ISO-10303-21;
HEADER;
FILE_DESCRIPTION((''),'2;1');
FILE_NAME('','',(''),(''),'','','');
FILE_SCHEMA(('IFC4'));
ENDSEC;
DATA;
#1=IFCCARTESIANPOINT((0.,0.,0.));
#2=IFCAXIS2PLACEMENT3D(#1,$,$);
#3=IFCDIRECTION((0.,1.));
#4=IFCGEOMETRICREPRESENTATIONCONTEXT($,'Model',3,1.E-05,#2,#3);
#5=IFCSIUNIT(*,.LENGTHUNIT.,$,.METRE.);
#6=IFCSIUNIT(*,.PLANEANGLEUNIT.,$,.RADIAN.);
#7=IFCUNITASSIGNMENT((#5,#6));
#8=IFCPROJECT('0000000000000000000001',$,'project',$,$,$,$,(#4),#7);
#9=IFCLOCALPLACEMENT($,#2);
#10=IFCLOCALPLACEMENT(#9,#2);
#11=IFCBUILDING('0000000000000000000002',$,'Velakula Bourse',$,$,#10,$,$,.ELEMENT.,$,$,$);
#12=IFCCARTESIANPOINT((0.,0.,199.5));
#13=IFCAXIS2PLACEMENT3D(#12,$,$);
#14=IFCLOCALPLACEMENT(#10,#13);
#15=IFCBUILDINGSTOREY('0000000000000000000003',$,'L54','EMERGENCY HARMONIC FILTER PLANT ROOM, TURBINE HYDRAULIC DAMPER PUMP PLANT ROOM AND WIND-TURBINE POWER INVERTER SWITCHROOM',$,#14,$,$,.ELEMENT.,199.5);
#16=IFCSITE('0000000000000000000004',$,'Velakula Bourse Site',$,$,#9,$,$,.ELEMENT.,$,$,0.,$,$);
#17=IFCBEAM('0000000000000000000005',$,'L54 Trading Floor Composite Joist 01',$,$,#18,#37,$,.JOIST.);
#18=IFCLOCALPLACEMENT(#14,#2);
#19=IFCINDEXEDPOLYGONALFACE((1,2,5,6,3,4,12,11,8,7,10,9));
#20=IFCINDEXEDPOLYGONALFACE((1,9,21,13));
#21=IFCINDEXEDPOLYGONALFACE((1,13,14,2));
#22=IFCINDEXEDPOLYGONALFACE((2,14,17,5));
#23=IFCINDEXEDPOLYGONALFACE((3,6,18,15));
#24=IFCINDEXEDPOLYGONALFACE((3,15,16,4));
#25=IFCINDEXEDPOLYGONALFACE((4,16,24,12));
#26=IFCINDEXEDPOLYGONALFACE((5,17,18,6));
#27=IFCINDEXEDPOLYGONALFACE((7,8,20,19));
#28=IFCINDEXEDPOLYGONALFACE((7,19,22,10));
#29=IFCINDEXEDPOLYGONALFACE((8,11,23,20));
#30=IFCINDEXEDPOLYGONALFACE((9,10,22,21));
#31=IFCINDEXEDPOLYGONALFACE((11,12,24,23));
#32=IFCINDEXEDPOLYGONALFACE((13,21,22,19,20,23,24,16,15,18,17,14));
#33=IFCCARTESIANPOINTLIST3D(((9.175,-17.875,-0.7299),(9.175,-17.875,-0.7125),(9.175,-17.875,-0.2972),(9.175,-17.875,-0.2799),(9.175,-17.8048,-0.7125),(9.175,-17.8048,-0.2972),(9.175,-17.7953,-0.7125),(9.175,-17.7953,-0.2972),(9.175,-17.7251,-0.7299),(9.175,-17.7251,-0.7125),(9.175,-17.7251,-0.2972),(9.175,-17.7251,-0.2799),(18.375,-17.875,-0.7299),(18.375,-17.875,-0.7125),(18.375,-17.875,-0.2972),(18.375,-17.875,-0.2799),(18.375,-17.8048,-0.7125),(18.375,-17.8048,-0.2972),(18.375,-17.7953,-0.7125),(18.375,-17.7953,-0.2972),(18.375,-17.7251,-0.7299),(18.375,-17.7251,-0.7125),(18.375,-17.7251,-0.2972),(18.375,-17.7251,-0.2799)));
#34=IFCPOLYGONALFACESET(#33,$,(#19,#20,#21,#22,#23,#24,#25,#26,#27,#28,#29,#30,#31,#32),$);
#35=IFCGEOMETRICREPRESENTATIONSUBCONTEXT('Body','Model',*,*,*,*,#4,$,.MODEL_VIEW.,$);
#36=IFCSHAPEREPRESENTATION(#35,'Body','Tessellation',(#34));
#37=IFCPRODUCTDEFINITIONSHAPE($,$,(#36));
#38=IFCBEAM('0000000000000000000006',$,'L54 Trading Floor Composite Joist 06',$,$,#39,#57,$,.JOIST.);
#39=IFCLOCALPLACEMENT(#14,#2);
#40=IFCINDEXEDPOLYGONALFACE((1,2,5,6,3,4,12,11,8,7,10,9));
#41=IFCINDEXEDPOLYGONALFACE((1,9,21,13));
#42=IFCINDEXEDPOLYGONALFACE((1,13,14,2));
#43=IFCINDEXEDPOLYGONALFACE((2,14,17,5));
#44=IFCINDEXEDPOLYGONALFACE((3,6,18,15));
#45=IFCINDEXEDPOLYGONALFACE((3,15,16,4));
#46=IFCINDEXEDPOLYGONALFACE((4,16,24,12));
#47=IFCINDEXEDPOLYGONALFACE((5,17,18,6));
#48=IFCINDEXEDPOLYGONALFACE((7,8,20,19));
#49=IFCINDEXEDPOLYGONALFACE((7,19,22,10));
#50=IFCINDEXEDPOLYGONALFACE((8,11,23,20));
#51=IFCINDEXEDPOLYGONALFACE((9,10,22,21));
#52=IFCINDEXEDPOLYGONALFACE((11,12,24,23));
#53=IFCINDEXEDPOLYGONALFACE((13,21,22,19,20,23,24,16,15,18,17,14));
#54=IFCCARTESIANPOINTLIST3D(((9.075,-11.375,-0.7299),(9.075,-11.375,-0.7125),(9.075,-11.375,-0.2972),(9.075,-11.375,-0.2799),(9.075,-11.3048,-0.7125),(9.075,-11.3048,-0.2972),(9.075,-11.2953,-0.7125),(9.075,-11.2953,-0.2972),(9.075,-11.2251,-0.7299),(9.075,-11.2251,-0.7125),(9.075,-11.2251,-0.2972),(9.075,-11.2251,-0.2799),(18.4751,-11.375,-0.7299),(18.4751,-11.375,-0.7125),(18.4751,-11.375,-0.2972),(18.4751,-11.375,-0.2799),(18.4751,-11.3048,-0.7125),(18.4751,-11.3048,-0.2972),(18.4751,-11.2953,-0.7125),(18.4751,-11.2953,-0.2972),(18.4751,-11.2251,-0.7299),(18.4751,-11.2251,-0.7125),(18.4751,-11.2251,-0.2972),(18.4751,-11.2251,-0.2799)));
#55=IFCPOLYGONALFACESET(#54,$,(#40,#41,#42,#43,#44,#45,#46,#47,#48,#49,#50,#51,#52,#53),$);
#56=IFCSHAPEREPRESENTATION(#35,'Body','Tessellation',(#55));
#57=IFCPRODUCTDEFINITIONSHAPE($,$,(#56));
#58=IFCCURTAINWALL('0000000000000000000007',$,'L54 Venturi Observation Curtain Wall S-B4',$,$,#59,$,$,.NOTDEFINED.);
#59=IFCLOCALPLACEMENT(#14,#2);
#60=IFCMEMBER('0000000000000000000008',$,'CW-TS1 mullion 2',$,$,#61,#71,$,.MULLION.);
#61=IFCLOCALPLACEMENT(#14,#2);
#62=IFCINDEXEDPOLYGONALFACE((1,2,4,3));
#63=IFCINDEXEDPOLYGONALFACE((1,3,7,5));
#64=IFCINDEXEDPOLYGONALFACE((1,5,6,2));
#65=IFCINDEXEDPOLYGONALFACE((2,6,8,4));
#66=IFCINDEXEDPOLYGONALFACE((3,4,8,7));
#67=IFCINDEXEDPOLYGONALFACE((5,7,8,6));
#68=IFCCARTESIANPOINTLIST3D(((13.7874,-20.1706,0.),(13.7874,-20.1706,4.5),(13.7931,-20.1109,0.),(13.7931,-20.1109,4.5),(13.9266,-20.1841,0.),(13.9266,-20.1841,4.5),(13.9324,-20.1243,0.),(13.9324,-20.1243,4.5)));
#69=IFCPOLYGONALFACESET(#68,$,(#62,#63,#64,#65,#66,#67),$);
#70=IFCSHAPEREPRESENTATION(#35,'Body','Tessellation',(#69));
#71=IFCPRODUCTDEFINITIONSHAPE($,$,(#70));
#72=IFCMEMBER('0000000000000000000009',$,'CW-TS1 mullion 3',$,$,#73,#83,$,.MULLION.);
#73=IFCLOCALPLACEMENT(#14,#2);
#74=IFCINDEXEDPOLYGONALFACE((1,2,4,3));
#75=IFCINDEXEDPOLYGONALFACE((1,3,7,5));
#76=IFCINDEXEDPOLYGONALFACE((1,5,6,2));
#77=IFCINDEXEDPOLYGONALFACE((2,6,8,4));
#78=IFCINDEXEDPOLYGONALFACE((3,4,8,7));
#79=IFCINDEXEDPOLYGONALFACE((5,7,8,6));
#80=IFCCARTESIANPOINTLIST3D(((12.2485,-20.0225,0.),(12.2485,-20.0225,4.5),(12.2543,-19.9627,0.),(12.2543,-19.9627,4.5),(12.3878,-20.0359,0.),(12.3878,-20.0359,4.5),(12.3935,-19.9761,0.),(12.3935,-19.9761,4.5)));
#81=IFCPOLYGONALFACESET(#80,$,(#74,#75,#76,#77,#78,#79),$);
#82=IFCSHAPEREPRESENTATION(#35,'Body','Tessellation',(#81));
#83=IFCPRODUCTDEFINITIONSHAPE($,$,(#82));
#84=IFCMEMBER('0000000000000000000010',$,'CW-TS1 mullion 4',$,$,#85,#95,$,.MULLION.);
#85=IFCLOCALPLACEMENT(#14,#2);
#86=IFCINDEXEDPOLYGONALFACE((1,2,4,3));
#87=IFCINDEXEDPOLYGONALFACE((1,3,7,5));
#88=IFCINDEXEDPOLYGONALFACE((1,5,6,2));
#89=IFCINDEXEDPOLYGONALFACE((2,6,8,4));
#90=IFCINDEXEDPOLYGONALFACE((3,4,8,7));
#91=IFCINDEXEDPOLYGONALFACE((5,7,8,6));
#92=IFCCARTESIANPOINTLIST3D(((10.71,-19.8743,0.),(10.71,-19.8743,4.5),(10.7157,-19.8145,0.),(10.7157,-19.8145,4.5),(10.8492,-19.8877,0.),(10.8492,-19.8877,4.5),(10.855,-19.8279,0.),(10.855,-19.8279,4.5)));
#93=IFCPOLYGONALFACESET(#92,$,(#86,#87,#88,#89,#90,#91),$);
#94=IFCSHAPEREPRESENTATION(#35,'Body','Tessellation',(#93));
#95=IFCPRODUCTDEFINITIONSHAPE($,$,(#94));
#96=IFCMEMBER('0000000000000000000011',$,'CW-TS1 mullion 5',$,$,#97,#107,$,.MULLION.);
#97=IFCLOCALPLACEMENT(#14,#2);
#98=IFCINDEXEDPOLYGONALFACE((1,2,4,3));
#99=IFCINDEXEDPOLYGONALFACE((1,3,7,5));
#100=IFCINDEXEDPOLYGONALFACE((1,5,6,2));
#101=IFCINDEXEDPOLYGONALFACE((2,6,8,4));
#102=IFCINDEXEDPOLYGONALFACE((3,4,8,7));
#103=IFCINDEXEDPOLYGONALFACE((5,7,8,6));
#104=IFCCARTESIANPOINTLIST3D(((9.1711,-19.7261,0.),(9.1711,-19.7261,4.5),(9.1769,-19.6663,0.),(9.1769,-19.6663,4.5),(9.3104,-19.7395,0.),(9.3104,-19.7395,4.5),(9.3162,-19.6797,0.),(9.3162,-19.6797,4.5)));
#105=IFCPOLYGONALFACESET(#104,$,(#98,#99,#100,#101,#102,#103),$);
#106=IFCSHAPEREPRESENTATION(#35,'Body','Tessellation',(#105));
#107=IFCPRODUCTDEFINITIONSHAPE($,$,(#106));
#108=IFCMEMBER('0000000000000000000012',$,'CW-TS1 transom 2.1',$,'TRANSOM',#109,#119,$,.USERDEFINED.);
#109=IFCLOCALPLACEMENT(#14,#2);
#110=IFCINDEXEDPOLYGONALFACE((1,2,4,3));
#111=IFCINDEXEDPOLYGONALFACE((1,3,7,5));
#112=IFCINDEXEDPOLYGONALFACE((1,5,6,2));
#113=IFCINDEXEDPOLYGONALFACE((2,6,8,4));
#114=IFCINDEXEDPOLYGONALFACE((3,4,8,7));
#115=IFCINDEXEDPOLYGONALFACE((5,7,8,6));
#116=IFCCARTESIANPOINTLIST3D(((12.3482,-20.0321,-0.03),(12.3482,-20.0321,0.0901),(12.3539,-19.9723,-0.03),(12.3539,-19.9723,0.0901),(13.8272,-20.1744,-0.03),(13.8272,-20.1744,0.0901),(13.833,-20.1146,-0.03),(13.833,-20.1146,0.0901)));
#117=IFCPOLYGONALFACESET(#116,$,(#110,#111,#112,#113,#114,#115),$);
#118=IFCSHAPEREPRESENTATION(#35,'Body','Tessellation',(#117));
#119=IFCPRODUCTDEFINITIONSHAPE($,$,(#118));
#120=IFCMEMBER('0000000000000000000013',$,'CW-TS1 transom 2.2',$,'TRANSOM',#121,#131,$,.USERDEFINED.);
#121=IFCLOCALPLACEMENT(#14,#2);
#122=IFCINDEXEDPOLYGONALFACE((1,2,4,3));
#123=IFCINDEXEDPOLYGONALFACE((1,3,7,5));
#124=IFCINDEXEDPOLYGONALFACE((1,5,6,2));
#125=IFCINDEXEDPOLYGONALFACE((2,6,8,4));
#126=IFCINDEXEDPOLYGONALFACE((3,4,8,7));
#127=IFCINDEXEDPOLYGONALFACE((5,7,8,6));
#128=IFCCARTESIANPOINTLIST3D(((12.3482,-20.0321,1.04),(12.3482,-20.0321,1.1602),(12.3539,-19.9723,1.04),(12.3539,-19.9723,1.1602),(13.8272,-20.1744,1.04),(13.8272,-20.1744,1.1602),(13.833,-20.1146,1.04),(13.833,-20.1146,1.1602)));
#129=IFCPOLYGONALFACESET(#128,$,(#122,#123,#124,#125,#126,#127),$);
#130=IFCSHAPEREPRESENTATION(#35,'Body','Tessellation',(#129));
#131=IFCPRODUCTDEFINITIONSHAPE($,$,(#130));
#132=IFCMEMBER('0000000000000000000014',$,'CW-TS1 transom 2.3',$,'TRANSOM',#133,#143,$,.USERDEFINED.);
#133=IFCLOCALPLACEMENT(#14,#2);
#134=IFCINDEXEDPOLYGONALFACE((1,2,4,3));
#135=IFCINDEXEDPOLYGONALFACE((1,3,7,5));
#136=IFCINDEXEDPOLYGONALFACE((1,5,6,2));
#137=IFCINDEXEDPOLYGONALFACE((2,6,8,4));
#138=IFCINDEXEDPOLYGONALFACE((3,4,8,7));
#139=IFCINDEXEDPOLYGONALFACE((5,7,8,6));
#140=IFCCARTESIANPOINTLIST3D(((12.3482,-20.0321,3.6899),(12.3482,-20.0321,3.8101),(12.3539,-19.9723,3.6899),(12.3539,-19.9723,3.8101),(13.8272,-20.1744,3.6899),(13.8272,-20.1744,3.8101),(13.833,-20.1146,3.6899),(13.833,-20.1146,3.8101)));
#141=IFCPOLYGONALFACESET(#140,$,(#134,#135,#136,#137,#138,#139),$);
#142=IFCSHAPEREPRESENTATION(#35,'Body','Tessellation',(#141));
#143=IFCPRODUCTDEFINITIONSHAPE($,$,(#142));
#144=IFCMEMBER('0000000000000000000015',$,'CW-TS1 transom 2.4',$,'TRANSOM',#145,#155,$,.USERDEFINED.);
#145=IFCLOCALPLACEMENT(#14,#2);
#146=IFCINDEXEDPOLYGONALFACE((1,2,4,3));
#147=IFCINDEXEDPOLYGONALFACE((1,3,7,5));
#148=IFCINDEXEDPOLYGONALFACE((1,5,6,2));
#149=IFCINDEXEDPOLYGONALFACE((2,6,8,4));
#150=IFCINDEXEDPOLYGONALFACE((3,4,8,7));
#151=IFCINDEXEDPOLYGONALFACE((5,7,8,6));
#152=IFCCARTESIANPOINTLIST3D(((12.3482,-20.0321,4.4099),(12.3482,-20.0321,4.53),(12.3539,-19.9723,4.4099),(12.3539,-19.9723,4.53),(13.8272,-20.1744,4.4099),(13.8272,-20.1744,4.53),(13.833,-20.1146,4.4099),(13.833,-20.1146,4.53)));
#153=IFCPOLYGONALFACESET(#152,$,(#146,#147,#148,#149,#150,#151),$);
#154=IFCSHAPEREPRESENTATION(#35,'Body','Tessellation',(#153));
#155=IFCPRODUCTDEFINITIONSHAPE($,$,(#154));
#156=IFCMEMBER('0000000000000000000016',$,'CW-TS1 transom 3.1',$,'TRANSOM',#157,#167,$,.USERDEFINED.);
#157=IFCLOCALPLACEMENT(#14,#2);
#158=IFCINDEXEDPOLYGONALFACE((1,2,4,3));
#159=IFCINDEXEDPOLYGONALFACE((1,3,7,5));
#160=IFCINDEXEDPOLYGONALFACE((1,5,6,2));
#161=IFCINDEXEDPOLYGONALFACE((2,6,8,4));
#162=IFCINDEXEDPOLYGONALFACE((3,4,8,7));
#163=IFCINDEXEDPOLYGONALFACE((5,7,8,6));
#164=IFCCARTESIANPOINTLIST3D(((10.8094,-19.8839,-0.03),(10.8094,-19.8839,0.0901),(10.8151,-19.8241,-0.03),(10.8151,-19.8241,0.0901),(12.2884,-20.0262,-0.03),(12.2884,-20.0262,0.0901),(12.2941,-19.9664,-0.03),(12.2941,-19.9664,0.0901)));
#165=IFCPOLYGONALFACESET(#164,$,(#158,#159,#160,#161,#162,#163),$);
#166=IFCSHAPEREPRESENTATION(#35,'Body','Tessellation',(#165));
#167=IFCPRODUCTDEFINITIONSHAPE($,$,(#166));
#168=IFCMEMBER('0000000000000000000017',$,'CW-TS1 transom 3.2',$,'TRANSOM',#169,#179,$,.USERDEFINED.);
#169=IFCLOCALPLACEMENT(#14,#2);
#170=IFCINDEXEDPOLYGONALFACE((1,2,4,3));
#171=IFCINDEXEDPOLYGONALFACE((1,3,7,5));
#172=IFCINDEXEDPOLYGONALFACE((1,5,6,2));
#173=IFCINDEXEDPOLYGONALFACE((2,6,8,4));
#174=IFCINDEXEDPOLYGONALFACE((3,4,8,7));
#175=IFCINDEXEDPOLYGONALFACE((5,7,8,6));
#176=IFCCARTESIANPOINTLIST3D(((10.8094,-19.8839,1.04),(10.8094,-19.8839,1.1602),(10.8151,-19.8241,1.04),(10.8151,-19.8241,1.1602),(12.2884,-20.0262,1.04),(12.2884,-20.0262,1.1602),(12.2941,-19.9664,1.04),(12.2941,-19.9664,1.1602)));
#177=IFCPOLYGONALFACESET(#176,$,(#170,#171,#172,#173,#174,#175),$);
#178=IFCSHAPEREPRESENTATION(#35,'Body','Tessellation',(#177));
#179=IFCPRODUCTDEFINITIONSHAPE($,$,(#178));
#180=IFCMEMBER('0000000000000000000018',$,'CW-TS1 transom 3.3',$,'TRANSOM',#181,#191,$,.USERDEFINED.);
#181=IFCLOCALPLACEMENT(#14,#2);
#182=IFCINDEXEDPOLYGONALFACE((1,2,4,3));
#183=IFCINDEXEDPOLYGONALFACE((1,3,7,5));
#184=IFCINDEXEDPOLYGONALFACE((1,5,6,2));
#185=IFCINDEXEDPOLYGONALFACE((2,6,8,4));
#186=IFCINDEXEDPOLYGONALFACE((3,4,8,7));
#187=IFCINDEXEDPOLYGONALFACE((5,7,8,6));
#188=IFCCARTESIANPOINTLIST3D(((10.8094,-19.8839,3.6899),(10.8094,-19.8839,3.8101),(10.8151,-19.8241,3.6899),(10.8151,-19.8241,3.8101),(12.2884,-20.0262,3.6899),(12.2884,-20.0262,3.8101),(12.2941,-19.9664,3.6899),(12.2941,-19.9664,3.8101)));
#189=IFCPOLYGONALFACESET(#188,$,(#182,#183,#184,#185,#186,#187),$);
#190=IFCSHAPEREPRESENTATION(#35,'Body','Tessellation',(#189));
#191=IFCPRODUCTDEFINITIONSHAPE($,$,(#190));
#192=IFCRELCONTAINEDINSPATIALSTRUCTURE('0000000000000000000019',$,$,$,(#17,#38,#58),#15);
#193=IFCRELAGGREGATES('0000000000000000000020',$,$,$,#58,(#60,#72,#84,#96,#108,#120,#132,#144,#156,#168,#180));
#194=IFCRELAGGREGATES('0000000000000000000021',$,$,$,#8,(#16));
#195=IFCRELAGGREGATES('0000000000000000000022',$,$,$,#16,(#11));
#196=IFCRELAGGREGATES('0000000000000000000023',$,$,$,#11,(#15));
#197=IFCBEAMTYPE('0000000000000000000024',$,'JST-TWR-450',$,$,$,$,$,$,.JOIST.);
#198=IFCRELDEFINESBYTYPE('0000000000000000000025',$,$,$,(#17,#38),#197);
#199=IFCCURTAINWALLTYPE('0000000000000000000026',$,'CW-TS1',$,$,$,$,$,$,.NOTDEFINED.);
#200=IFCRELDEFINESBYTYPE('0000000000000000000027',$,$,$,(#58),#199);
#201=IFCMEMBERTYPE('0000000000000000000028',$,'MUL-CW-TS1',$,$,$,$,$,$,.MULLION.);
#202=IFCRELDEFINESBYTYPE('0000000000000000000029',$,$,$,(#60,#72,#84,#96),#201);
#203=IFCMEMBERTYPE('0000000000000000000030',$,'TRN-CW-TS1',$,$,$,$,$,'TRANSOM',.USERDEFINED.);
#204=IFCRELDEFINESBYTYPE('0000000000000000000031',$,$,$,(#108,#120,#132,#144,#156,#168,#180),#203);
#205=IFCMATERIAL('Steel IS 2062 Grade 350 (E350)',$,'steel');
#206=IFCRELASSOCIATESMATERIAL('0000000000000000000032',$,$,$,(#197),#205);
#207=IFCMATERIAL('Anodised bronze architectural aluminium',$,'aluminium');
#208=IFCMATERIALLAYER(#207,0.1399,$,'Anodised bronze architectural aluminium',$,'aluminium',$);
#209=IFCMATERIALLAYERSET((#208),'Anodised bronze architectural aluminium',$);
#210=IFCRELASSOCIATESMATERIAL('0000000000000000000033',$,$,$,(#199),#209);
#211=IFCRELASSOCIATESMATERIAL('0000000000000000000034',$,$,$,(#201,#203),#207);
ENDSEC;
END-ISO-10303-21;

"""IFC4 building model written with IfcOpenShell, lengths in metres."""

from ifc_helpers import new_model, si_unit, direction, frame, origin, origin_2d, place, context, subcontext, project, spatial, rectangle, i_section, extrude, material, layer, layer_set, material_profile, profile_set, type_object, element, aggregate, save


model = new_model("IFC4")

# Units and contexts
model_context = context("Model", 3, precision=1e-05, world=origin(), true_north=direction((0.0, 1.0)))
body_context = subcontext(model_context, "Body", "Model", "MODEL_VIEW")
ifc_project = project(units=[si_unit("LENGTHUNIT", "METRE"), si_unit("PLANEANGLEUNIT", "RADIAN")], contexts=[model_context])

# Site, building, storey
site_placement = place(None, origin())
site = spatial("IfcSite", under=ifc_project, at=site_placement, Name="Velakula Bourse Site", CompositionType="ELEMENT", RefElevation=0.0)
building_placement = place(site_placement, origin())
building = spatial("IfcBuilding", under=site, at=building_placement, Name="Velakula Bourse", CompositionType="ELEMENT")
storey_placement = place(building_placement, frame((0.0, 0.0, 199.5)))
storey = spatial("IfcBuildingStorey", under=building, at=storey_placement, Name="L54", Description="EMERGENCY HARMONIC FILTER PLANT ROOM, TURBINE HYDRAULIC DAMPER PUMP PLANT ROOM AND WIND-TURBINE POWER INVERTER SWITCHROOM", CompositionType="ELEMENT", Elevation=199.5)

# Beams
ifc_material_1 = material(Name="Steel IS 2062 Grade 350 (E350)", Category="steel")
ifc_material_profile_1 = material_profile(ifc_material_1, i_section(OverallWidth=0.1499, OverallDepth=0.45, WebThickness=0.0095, FlangeThickness=0.0173, at=origin_2d()), Name="Steel IS 2062 Grade 350 (E350)")
ifc_profile_set_1 = profile_set([ifc_material_profile_1], Name="Steel IS 2062 Grade 350 (E350)")
beam_type = type_object("IfcBeamType", Name="JST-TWR-450", PredefinedType="JOIST", material=ifc_profile_set_1)
beam_1_placement = place(storey_placement, frame((9.175, -17.8, -0.5049), z_axis=(1.0, 0.0, 0.0), x_axis=(0.0, 1.0, 0.0)))
element("IfcBeam", 1, at=beam_1_placement, inside=storey, type_object=beam_type, Name="L54 Trading Floor Composite Joist 01", PredefinedType="JOIST", context=body_context, shape_type="SweptSolid", body=[
    extrude(i_section(OverallWidth=0.1499, OverallDepth=0.45, WebThickness=0.0095, FlangeThickness=0.0173, at=origin_2d()), origin(), (0.0, 0.0, 1.0), 9.2),
])
beam_2_placement = place(storey_placement, frame((9.075, -11.3, -0.5049), z_axis=(1.0, 0.0, 0.0), x_axis=(0.0, 1.0, 0.0)))
element("IfcBeam", 2, at=beam_2_placement, inside=storey, type_object=beam_type, Name="L54 Trading Floor Composite Joist 06", PredefinedType="JOIST", context=body_context, shape_type="SweptSolid", body=[
    extrude(i_section(OverallWidth=0.1499, OverallDepth=0.45, WebThickness=0.0095, FlangeThickness=0.0173, at=origin_2d()), origin(), (0.0, 0.0, 1.0), 9.4001),
])

# Curtain wall, members
ifc_material_2 = material(Name="Anodised bronze architectural aluminium", Category="aluminium")
ifc_layer_1 = layer(ifc_material_2, 0.1399, Name="Anodised bronze architectural aluminium", Category="aluminium")
ifc_layer_set_1 = layer_set([ifc_layer_1], Name="Anodised bronze architectural aluminium")
curtain_wall_type = type_object("IfcCurtainWallType", Name="CW-TS1", PredefinedType="NOTDEFINED", material=ifc_layer_set_1)
curtain_wall_placement = place(storey_placement, origin())
curtain_wall = element("IfcCurtainWall", 3, at=curtain_wall_placement, inside=storey, type_object=curtain_wall_type, Name="L54 Venturi Observation Curtain Wall S-B4", PredefinedType="NOTDEFINED")
ifc_material_profile_2 = material_profile(ifc_material_2, rectangle(XDim=0.0601, YDim=0.1399, at=origin_2d()), Name="Anodised bronze architectural aluminium")
ifc_profile_set_2 = profile_set([ifc_material_profile_2], Name="Anodised bronze architectural aluminium")
member_type_1 = type_object("IfcMemberType", Name="MUL-CW-TS1", PredefinedType="MULLION", material=ifc_profile_set_2)
member_1_placement = place(storey_placement, frame((13.8599, -20.1475, 0.0), z_axis=(0.0, 0.0, 1.0), x_axis=(-0.095849, -0.995396, 0.0)))
member_1 = element("IfcMember", 4, at=member_1_placement, type_object=member_type_1, Name="CW-TS1 mullion 2", PredefinedType="MULLION", context=body_context, shape_type="SweptSolid", body=[
    extrude(rectangle(XDim=0.0601, YDim=0.1399, at=origin_2d()), origin(), (0.0, 0.0, 1.0), 4.5),
])
member_2_placement = place(storey_placement, frame((12.321, -19.9993, 0.0), z_axis=(0.0, 0.0, 1.0), x_axis=(-0.095849, -0.995396, 0.0)))
member_2 = element("IfcMember", 5, at=member_2_placement, type_object=member_type_1, Name="CW-TS1 mullion 3", PredefinedType="MULLION", context=body_context, shape_type="SweptSolid", body=[
    extrude(rectangle(XDim=0.0601, YDim=0.1399, at=origin_2d()), origin(), (0.0, 0.0, 1.0), 4.5),
])
member_3_placement = place(storey_placement, frame((10.7825, -19.8511, 0.0), z_axis=(0.0, 0.0, 1.0), x_axis=(-0.095849, -0.995396, 0.0)))
member_3 = element("IfcMember", 6, at=member_3_placement, type_object=member_type_1, Name="CW-TS1 mullion 4", PredefinedType="MULLION", context=body_context, shape_type="SweptSolid", body=[
    extrude(rectangle(XDim=0.0601, YDim=0.1399, at=origin_2d()), origin(), (0.0, 0.0, 1.0), 4.5),
])
member_4_placement = place(storey_placement, frame((9.2437, -19.7029, 0.0), z_axis=(0.0, 0.0, 1.0), x_axis=(-0.095849, -0.995396, 0.0)))
member_4 = element("IfcMember", 7, at=member_4_placement, type_object=member_type_1, Name="CW-TS1 mullion 5", PredefinedType="MULLION", context=body_context, shape_type="SweptSolid", body=[
    extrude(rectangle(XDim=0.0601, YDim=0.1399, at=origin_2d()), origin(), (0.0, 0.0, 1.0), 4.5),
])
ifc_material_profile_3 = material_profile(ifc_material_2, rectangle(XDim=0.0601, YDim=0.1201, at=origin_2d()), Name="Anodised bronze architectural aluminium")
ifc_profile_set_3 = profile_set([ifc_material_profile_3], Name="Anodised bronze architectural aluminium")
member_type_2 = type_object("IfcMemberType", Name="TRN-CW-TS1", ElementType="TRANSOM", PredefinedType="USERDEFINED", material=ifc_profile_set_3)
member_5_placement = place(storey_placement, frame((13.8301, -20.1445, 0.03), z_axis=(-0.995401, 0.095794, 0.0), x_axis=(-0.095794, -0.995401, 0.0)))
member_5 = element("IfcMember", 8, at=member_5_placement, type_object=member_type_2, Name="CW-TS1 transom 2.1", ObjectType="TRANSOM", PredefinedType="USERDEFINED", context=body_context, shape_type="SweptSolid", body=[
    extrude(rectangle(XDim=0.0601, YDim=0.1201, at=origin_2d()), origin(), (0.0, 0.0, 1.0), 1.4858),
])
member_6_placement = place(storey_placement, frame((13.8301, -20.1445, 1.1001), z_axis=(-0.995401, 0.095794, 0.0), x_axis=(-0.095794, -0.995401, 0.0)))
member_6 = element("IfcMember", 9, at=member_6_placement, type_object=member_type_2, Name="CW-TS1 transom 2.2", ObjectType="TRANSOM", PredefinedType="USERDEFINED", context=body_context, shape_type="SweptSolid", body=[
    extrude(rectangle(XDim=0.0601, YDim=0.1201, at=origin_2d()), origin(), (0.0, 0.0, 1.0), 1.4858),
])
member_7_placement = place(storey_placement, frame((13.8301, -20.1445, 3.75), z_axis=(-0.995401, 0.095794, 0.0), x_axis=(-0.095794, -0.995401, 0.0)))
member_7 = element("IfcMember", 10, at=member_7_placement, type_object=member_type_2, Name="CW-TS1 transom 2.3", ObjectType="TRANSOM", PredefinedType="USERDEFINED", context=body_context, shape_type="SweptSolid", body=[
    extrude(rectangle(XDim=0.0601, YDim=0.1201, at=origin_2d()), origin(), (0.0, 0.0, 1.0), 1.4858),
])
member_8_placement = place(storey_placement, frame((13.8301, -20.1445, 4.47), z_axis=(-0.995401, 0.095794, 0.0), x_axis=(-0.095794, -0.995401, 0.0)))
member_8 = element("IfcMember", 11, at=member_8_placement, type_object=member_type_2, Name="CW-TS1 transom 2.4", ObjectType="TRANSOM", PredefinedType="USERDEFINED", context=body_context, shape_type="SweptSolid", body=[
    extrude(rectangle(XDim=0.0601, YDim=0.1201, at=origin_2d()), origin(), (0.0, 0.0, 1.0), 1.4858),
])
member_9_placement = place(storey_placement, frame((12.2913, -19.9963, 0.03), z_axis=(-0.995401, 0.095794, 0.0), x_axis=(-0.095794, -0.995401, 0.0)))
member_9 = element("IfcMember", 12, at=member_9_placement, type_object=member_type_2, Name="CW-TS1 transom 3.1", ObjectType="TRANSOM", PredefinedType="USERDEFINED", context=body_context, shape_type="SweptSolid", body=[
    extrude(rectangle(XDim=0.0601, YDim=0.1201, at=origin_2d()), origin(), (0.0, 0.0, 1.0), 1.4858),
])
member_10_placement = place(storey_placement, frame((12.2913, -19.9963, 1.1001), z_axis=(-0.995401, 0.095794, 0.0), x_axis=(-0.095794, -0.995401, 0.0)))
member_10 = element("IfcMember", 13, at=member_10_placement, type_object=member_type_2, Name="CW-TS1 transom 3.2", ObjectType="TRANSOM", PredefinedType="USERDEFINED", context=body_context, shape_type="SweptSolid", body=[
    extrude(rectangle(XDim=0.0601, YDim=0.1201, at=origin_2d()), origin(), (0.0, 0.0, 1.0), 1.4858),
])
member_11_placement = place(storey_placement, frame((12.2913, -19.9963, 3.75), z_axis=(-0.995401, 0.095794, 0.0), x_axis=(-0.095794, -0.995401, 0.0)))
member_11 = element("IfcMember", 14, at=member_11_placement, type_object=member_type_2, Name="CW-TS1 transom 3.3", ObjectType="TRANSOM", PredefinedType="USERDEFINED", context=body_context, shape_type="SweptSolid", body=[
    extrude(rectangle(XDim=0.0601, YDim=0.1201, at=origin_2d()), origin(), (0.0, 0.0, 1.0), 1.4858),
])
aggregate(curtain_wall, [member_1, member_2, member_3, member_4, member_5, member_6, member_7, member_8, member_9, member_10, member_11])

save(model, "model.ifc")
